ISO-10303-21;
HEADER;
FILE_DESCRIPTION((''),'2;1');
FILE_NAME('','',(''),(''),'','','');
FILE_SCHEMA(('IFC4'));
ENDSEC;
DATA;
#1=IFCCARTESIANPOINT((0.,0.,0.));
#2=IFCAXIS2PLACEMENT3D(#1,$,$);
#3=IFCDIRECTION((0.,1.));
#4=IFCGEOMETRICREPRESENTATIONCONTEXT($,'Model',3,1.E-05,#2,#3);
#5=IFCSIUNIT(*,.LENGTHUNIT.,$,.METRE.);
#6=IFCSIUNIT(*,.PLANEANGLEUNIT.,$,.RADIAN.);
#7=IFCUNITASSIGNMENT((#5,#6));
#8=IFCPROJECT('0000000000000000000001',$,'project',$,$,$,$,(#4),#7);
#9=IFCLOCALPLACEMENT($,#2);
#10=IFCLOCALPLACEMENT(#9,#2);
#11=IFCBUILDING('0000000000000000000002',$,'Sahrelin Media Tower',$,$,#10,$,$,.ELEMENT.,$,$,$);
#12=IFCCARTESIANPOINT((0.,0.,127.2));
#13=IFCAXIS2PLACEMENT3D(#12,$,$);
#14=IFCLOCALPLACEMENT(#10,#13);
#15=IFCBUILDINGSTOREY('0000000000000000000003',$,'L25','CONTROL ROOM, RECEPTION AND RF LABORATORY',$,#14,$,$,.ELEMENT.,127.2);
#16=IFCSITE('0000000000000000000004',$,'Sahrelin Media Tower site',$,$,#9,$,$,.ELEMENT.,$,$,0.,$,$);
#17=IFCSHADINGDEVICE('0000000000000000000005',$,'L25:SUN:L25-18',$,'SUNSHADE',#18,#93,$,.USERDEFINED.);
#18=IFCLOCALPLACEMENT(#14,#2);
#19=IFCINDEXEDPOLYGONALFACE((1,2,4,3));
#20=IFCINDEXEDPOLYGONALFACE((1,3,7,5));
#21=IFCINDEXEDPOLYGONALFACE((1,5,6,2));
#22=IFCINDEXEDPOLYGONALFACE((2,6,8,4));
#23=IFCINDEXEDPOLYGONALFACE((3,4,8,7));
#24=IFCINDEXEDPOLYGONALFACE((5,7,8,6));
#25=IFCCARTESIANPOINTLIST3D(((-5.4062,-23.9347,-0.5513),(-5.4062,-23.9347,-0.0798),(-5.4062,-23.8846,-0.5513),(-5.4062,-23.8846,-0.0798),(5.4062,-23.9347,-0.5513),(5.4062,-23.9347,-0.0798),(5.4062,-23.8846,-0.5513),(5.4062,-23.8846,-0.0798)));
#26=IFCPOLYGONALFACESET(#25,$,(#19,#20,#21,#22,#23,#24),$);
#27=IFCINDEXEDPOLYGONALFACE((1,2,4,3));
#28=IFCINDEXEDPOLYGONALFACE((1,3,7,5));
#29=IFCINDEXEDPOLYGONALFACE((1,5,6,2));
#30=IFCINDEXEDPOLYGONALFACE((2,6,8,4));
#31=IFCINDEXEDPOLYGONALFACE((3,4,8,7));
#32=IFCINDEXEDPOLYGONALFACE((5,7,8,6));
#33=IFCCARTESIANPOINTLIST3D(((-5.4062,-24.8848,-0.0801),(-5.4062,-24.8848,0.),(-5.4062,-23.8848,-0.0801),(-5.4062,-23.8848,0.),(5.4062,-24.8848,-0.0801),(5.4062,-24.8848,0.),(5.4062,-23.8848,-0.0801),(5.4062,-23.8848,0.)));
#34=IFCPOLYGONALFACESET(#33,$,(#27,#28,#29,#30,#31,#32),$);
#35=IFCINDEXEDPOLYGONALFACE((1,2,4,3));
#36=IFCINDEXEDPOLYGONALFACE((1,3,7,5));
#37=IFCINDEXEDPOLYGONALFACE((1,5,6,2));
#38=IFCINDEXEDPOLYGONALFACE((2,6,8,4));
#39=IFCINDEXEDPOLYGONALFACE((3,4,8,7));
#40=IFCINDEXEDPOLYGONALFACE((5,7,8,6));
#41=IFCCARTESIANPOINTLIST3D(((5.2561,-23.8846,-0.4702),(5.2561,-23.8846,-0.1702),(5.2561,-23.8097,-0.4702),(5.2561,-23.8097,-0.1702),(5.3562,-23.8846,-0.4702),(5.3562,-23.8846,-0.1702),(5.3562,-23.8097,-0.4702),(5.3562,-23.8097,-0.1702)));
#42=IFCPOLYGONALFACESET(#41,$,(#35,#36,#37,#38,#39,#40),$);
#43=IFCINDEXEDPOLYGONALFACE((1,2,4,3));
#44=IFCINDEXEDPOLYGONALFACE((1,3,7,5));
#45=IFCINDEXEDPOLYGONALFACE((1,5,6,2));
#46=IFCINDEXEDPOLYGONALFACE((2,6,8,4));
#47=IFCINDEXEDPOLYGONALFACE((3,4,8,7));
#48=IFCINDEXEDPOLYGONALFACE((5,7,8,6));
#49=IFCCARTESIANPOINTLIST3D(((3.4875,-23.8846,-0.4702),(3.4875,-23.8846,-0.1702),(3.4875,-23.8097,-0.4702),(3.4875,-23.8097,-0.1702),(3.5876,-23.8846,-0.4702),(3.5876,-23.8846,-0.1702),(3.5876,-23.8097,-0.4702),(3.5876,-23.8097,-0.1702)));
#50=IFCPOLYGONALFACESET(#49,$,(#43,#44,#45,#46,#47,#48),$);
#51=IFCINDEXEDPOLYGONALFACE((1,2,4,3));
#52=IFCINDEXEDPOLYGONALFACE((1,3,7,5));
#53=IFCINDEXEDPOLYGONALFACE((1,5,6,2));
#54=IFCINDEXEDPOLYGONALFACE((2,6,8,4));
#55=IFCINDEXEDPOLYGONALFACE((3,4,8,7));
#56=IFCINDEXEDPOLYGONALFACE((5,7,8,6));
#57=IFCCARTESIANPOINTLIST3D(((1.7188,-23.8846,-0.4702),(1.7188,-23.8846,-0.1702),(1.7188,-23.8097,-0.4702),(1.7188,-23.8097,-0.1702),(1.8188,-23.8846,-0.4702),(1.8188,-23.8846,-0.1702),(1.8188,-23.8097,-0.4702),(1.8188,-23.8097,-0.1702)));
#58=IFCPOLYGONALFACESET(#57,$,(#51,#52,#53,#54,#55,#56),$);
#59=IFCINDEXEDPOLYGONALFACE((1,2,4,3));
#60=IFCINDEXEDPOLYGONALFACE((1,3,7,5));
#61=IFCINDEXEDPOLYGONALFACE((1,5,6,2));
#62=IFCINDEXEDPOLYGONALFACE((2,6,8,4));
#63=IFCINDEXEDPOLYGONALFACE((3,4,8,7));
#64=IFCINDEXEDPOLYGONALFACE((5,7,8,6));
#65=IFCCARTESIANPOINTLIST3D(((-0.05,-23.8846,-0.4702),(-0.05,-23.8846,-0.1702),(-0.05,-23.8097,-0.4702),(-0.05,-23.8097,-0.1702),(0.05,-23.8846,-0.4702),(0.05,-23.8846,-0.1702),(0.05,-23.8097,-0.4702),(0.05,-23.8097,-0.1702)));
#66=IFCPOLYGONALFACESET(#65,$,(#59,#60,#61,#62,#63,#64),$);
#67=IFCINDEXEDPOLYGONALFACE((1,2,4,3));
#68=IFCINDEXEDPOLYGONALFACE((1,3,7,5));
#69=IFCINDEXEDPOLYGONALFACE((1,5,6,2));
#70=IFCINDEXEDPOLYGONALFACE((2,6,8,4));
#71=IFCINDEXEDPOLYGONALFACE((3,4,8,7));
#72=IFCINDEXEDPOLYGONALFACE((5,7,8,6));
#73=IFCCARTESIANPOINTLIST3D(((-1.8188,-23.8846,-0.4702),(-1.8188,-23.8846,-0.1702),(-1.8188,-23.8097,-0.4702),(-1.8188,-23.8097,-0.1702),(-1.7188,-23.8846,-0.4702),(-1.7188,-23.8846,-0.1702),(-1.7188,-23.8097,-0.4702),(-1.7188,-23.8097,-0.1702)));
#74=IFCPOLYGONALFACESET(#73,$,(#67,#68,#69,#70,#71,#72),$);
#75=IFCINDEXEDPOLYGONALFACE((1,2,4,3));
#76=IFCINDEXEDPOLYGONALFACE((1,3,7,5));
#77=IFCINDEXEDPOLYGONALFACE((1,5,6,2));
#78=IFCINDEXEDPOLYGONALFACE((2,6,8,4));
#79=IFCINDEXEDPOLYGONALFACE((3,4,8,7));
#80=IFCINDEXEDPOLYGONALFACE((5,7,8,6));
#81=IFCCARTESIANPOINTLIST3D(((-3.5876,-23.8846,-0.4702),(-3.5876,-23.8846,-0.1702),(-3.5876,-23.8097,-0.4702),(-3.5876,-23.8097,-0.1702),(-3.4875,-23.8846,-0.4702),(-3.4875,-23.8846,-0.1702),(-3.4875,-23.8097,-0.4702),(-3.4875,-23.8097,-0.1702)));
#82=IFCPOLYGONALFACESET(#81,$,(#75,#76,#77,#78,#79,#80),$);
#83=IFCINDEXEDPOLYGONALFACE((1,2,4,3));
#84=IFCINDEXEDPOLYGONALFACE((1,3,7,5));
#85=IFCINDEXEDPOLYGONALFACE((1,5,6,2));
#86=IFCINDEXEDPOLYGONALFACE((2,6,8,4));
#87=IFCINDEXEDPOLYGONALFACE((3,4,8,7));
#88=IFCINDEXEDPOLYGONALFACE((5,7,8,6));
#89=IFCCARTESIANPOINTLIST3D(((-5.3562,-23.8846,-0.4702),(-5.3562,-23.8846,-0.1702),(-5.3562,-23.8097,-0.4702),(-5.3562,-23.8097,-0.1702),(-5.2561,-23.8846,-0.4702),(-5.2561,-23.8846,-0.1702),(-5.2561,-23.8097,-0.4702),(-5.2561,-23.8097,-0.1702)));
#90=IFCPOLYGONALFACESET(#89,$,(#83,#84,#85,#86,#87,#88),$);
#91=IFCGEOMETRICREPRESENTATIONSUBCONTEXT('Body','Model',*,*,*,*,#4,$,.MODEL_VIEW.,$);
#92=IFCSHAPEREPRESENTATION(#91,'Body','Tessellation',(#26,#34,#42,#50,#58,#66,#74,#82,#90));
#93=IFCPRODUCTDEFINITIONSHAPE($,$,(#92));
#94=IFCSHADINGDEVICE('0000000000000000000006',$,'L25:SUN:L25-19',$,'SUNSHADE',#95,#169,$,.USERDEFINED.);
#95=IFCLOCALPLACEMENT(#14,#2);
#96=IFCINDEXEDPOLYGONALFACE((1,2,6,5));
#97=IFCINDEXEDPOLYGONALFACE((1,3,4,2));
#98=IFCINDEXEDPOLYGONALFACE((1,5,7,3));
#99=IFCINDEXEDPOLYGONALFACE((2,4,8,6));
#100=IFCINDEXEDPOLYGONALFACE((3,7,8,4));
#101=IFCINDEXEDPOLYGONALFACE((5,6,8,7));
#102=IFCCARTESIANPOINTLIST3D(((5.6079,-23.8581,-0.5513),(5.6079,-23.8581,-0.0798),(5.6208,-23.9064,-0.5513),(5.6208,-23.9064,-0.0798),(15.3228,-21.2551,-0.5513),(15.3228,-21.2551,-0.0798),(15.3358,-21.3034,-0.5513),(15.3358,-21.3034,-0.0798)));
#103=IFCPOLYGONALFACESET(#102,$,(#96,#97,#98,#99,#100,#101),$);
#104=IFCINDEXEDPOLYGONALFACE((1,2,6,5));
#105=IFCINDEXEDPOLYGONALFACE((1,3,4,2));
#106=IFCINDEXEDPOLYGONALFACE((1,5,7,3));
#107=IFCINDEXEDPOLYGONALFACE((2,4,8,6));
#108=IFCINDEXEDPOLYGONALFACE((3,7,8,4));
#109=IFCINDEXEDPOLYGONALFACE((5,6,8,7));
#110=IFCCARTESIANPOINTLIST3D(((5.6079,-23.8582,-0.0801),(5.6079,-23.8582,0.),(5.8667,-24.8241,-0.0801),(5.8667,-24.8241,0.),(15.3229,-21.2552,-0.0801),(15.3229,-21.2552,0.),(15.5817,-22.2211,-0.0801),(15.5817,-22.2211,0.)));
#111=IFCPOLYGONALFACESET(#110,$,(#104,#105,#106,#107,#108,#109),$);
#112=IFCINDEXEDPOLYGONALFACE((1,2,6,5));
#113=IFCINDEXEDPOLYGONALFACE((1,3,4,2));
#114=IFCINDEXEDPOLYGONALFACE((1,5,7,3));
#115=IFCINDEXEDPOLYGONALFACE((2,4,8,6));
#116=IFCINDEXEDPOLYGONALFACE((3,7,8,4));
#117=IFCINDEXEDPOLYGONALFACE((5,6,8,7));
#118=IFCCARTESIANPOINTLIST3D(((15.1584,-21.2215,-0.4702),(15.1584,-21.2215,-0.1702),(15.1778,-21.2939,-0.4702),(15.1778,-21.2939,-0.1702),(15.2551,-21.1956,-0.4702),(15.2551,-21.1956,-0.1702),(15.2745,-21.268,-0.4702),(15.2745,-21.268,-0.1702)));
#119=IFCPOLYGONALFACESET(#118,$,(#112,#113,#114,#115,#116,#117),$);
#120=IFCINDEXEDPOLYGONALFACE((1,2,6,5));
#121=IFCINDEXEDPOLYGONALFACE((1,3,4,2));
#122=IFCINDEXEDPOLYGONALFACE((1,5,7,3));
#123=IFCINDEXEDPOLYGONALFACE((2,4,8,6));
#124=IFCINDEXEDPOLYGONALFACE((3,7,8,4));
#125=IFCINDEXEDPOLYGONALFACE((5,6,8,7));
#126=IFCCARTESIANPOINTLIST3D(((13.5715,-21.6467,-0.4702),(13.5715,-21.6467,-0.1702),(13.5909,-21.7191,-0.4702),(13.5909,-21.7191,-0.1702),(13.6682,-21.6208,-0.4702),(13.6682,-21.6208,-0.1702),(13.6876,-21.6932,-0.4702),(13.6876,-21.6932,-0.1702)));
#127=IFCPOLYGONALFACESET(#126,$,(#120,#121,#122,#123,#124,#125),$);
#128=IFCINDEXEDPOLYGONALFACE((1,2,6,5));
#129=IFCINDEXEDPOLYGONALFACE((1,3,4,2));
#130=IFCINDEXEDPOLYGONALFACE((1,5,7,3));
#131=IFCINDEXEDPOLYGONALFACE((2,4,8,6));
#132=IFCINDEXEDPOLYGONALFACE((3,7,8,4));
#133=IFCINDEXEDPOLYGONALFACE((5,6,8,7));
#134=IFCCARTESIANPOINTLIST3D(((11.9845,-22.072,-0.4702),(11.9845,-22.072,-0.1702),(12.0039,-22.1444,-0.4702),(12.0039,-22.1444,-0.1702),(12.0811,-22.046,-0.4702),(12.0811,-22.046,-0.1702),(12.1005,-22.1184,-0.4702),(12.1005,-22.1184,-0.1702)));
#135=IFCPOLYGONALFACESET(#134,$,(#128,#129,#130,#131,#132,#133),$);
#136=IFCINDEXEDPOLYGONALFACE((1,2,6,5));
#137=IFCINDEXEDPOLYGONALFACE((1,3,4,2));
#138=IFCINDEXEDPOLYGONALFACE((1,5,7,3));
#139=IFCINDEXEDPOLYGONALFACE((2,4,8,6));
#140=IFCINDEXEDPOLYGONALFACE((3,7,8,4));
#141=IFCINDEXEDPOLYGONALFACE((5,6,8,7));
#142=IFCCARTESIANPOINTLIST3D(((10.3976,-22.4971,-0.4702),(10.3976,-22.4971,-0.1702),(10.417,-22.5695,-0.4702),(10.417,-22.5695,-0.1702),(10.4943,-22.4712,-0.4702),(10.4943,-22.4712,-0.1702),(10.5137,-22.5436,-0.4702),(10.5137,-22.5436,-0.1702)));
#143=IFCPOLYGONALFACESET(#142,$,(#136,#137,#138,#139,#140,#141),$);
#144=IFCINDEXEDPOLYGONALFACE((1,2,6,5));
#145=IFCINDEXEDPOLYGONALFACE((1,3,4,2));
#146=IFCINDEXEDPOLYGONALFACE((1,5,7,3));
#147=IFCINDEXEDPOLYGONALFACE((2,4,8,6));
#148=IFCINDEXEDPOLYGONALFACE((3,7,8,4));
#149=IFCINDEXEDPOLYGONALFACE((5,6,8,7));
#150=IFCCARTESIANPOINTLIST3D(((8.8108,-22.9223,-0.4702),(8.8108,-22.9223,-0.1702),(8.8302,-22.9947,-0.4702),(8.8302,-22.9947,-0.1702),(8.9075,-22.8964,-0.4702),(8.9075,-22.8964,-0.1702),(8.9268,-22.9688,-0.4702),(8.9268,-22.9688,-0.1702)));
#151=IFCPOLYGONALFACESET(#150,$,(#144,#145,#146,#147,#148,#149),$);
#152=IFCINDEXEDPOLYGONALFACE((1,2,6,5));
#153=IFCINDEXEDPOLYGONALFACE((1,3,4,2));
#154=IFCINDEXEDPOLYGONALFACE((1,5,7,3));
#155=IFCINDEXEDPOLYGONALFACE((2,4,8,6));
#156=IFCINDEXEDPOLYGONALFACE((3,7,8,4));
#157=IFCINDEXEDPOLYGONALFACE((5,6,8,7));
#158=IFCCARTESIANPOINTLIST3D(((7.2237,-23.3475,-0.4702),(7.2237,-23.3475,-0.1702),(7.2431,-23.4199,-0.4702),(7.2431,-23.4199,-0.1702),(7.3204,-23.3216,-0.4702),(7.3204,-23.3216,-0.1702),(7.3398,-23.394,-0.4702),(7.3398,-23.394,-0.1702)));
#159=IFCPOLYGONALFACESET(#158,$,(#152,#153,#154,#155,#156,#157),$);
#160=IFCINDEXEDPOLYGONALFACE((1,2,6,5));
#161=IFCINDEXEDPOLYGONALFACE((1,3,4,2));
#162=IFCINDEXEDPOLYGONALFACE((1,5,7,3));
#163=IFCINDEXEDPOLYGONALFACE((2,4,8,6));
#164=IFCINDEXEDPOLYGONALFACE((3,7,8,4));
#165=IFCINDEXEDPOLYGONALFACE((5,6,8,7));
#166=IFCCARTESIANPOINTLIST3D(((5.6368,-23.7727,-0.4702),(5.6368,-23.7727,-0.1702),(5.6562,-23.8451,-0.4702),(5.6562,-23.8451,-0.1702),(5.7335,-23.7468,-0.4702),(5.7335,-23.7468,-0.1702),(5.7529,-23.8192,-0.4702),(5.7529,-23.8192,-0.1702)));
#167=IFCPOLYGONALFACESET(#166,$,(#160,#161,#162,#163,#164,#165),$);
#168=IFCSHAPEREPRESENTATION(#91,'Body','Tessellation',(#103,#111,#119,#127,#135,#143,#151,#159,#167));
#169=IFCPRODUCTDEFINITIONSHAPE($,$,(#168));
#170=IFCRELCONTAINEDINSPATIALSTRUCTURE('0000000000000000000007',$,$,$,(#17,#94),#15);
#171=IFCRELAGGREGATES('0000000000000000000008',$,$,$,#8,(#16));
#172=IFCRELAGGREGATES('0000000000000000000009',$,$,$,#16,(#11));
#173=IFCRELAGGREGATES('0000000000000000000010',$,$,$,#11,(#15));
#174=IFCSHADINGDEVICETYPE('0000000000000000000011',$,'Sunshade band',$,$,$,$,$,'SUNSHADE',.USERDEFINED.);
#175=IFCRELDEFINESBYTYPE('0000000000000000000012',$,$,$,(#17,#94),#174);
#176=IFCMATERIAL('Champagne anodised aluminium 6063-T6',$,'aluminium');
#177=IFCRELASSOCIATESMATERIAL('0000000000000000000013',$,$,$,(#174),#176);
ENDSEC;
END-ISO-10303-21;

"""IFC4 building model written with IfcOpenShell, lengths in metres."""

from ifc_helpers import new_model, si_unit, direction, frame, origin, origin_2d, place, context, subcontext, project, spatial, rectangle, extrude, material, type_object, element, save


model = new_model("IFC4")

# Units and contexts
model_context = context("Model", 3, precision=1e-05, world=origin(), true_north=direction((0.0, 1.0)))
body_context = subcontext(model_context, "Body", "Model", "MODEL_VIEW")
ifc_project = project(units=[si_unit("LENGTHUNIT", "METRE"), si_unit("PLANEANGLEUNIT", "RADIAN")], contexts=[model_context])

# Site, building, storey
site_placement = place(None, origin())
site = spatial("IfcSite", under=ifc_project, at=site_placement, Name="Sahrelin Media Tower site", CompositionType="ELEMENT", RefElevation=0.0)
building_placement = place(site_placement, origin())
building = spatial("IfcBuilding", under=site, at=building_placement, Name="Sahrelin Media Tower", CompositionType="ELEMENT")
storey_placement = place(building_placement, frame((0.0, 0.0, 127.2)))
storey = spatial("IfcBuildingStorey", under=building, at=storey_placement, Name="L25", Description="CONTROL ROOM, RECEPTION AND RF LABORATORY", CompositionType="ELEMENT", Elevation=127.2)

# Shared definitions
ifc_material_1 = material(Name="Champagne anodised aluminium 6063-T6", Category="aluminium")

# Shading devices
placement_1 = place(storey_placement, frame((0.0, -23.8647, 0.0), z_axis=(0.0, 0.0, 1.0), x_axis=(-1.0, 0.0, 0.0)))
placement_2 = place(storey_placement, frame((10.4602, -22.5374, 0.0), z_axis=(0.0, 0.0, 1.0), x_axis=(-0.965929, -0.258808, 0.0)))
shading_device_type_1 = type_object("IfcShadingDeviceType", Name="Sunshade band", ElementType="SUNSHADE", PredefinedType="USERDEFINED", material=ifc_material_1)
element("IfcShadingDevice", 1, at=placement_1, inside=storey, type_object=shading_device_type_1, Name="L25:SUN:L25-18", ObjectType="SUNSHADE", PredefinedType="USERDEFINED", context=body_context, shape_type="SweptSolid", body=[
    extrude(rectangle(XDim=10.8125, YDim=0.05, at=origin_2d()), frame((0.0, 0.0449, -0.5513)), (0.0, 0.0, 1.0), 0.4714),
    extrude(rectangle(XDim=10.8125, YDim=1.0, at=origin_2d()), frame((0.0, 0.52, -0.0801)), (0.0, 0.0, 1.0), 0.0801),
    extrude(rectangle(XDim=0.1001, YDim=0.075, at=origin_2d()), frame((-5.3062, -0.0176, -0.4702)), (0.0, 0.0, 1.0), 0.3),
    extrude(rectangle(XDim=0.1001, YDim=0.075, at=origin_2d()), frame((-3.5376, -0.0176, -0.4702)), (0.0, 0.0, 1.0), 0.3),
    extrude(rectangle(XDim=0.1001, YDim=0.075, at=origin_2d()), frame((-1.7688, -0.0176, -0.4702)), (0.0, 0.0, 1.0), 0.3),
    extrude(rectangle(XDim=0.1001, YDim=0.075, at=origin_2d()), frame((0.0, -0.0176, -0.4702)), (0.0, 0.0, 1.0), 0.3),
    extrude(rectangle(XDim=0.1001, YDim=0.075, at=origin_2d()), frame((1.7688, -0.0176, -0.4702)), (0.0, 0.0, 1.0), 0.3),
    extrude(rectangle(XDim=0.1001, YDim=0.075, at=origin_2d()), frame((3.5376, -0.0176, -0.4702)), (0.0, 0.0, 1.0), 0.3),
    extrude(rectangle(XDim=0.1001, YDim=0.075, at=origin_2d()), frame((5.3062, -0.0176, -0.4702)), (0.0, 0.0, 1.0), 0.3),
])
element("IfcShadingDevice", 2, at=placement_2, inside=storey, type_object=shading_device_type_1, Name="L25:SUN:L25-19", ObjectType="SUNSHADE", PredefinedType="USERDEFINED", context=body_context, shape_type="SweptSolid", body=[
    extrude(rectangle(XDim=10.0576, YDim=0.05, at=origin_2d()), frame((0.0, 0.0449, -0.5513)), (0.0, 0.0, 1.0), 0.4714),
    extrude(rectangle(XDim=10.0576, YDim=1.0, at=origin_2d()), frame((0.0, 0.52, -0.0801)), (0.0, 0.0, 1.0), 0.0801),
    extrude(rectangle(XDim=0.1001, YDim=0.075, at=origin_2d()), frame((-4.9287, -0.0176, -0.4702)), (0.0, 0.0, 1.0), 0.3),
    extrude(rectangle(XDim=0.1001, YDim=0.075, at=origin_2d()), frame((-3.2859, -0.0176, -0.4702)), (0.0, 0.0, 1.0), 0.3),
    extrude(rectangle(XDim=0.1001, YDim=0.075, at=origin_2d()), frame((-1.6428, -0.0176, -0.4702)), (0.0, 0.0, 1.0), 0.3),
    extrude(rectangle(XDim=0.1001, YDim=0.075, at=origin_2d()), frame((0.0, -0.0176, -0.4702)), (0.0, 0.0, 1.0), 0.3),
    extrude(rectangle(XDim=0.1001, YDim=0.075, at=origin_2d()), frame((1.6428, -0.0176, -0.4702)), (0.0, 0.0, 1.0), 0.3),
    extrude(rectangle(XDim=0.1001, YDim=0.075, at=origin_2d()), frame((3.2859, -0.0176, -0.4702)), (0.0, 0.0, 1.0), 0.3),
    extrude(rectangle(XDim=0.1001, YDim=0.075, at=origin_2d()), frame((4.9287, -0.0176, -0.4702)), (0.0, 0.0, 1.0), 0.3),
])

save(model, "model.ifc")
